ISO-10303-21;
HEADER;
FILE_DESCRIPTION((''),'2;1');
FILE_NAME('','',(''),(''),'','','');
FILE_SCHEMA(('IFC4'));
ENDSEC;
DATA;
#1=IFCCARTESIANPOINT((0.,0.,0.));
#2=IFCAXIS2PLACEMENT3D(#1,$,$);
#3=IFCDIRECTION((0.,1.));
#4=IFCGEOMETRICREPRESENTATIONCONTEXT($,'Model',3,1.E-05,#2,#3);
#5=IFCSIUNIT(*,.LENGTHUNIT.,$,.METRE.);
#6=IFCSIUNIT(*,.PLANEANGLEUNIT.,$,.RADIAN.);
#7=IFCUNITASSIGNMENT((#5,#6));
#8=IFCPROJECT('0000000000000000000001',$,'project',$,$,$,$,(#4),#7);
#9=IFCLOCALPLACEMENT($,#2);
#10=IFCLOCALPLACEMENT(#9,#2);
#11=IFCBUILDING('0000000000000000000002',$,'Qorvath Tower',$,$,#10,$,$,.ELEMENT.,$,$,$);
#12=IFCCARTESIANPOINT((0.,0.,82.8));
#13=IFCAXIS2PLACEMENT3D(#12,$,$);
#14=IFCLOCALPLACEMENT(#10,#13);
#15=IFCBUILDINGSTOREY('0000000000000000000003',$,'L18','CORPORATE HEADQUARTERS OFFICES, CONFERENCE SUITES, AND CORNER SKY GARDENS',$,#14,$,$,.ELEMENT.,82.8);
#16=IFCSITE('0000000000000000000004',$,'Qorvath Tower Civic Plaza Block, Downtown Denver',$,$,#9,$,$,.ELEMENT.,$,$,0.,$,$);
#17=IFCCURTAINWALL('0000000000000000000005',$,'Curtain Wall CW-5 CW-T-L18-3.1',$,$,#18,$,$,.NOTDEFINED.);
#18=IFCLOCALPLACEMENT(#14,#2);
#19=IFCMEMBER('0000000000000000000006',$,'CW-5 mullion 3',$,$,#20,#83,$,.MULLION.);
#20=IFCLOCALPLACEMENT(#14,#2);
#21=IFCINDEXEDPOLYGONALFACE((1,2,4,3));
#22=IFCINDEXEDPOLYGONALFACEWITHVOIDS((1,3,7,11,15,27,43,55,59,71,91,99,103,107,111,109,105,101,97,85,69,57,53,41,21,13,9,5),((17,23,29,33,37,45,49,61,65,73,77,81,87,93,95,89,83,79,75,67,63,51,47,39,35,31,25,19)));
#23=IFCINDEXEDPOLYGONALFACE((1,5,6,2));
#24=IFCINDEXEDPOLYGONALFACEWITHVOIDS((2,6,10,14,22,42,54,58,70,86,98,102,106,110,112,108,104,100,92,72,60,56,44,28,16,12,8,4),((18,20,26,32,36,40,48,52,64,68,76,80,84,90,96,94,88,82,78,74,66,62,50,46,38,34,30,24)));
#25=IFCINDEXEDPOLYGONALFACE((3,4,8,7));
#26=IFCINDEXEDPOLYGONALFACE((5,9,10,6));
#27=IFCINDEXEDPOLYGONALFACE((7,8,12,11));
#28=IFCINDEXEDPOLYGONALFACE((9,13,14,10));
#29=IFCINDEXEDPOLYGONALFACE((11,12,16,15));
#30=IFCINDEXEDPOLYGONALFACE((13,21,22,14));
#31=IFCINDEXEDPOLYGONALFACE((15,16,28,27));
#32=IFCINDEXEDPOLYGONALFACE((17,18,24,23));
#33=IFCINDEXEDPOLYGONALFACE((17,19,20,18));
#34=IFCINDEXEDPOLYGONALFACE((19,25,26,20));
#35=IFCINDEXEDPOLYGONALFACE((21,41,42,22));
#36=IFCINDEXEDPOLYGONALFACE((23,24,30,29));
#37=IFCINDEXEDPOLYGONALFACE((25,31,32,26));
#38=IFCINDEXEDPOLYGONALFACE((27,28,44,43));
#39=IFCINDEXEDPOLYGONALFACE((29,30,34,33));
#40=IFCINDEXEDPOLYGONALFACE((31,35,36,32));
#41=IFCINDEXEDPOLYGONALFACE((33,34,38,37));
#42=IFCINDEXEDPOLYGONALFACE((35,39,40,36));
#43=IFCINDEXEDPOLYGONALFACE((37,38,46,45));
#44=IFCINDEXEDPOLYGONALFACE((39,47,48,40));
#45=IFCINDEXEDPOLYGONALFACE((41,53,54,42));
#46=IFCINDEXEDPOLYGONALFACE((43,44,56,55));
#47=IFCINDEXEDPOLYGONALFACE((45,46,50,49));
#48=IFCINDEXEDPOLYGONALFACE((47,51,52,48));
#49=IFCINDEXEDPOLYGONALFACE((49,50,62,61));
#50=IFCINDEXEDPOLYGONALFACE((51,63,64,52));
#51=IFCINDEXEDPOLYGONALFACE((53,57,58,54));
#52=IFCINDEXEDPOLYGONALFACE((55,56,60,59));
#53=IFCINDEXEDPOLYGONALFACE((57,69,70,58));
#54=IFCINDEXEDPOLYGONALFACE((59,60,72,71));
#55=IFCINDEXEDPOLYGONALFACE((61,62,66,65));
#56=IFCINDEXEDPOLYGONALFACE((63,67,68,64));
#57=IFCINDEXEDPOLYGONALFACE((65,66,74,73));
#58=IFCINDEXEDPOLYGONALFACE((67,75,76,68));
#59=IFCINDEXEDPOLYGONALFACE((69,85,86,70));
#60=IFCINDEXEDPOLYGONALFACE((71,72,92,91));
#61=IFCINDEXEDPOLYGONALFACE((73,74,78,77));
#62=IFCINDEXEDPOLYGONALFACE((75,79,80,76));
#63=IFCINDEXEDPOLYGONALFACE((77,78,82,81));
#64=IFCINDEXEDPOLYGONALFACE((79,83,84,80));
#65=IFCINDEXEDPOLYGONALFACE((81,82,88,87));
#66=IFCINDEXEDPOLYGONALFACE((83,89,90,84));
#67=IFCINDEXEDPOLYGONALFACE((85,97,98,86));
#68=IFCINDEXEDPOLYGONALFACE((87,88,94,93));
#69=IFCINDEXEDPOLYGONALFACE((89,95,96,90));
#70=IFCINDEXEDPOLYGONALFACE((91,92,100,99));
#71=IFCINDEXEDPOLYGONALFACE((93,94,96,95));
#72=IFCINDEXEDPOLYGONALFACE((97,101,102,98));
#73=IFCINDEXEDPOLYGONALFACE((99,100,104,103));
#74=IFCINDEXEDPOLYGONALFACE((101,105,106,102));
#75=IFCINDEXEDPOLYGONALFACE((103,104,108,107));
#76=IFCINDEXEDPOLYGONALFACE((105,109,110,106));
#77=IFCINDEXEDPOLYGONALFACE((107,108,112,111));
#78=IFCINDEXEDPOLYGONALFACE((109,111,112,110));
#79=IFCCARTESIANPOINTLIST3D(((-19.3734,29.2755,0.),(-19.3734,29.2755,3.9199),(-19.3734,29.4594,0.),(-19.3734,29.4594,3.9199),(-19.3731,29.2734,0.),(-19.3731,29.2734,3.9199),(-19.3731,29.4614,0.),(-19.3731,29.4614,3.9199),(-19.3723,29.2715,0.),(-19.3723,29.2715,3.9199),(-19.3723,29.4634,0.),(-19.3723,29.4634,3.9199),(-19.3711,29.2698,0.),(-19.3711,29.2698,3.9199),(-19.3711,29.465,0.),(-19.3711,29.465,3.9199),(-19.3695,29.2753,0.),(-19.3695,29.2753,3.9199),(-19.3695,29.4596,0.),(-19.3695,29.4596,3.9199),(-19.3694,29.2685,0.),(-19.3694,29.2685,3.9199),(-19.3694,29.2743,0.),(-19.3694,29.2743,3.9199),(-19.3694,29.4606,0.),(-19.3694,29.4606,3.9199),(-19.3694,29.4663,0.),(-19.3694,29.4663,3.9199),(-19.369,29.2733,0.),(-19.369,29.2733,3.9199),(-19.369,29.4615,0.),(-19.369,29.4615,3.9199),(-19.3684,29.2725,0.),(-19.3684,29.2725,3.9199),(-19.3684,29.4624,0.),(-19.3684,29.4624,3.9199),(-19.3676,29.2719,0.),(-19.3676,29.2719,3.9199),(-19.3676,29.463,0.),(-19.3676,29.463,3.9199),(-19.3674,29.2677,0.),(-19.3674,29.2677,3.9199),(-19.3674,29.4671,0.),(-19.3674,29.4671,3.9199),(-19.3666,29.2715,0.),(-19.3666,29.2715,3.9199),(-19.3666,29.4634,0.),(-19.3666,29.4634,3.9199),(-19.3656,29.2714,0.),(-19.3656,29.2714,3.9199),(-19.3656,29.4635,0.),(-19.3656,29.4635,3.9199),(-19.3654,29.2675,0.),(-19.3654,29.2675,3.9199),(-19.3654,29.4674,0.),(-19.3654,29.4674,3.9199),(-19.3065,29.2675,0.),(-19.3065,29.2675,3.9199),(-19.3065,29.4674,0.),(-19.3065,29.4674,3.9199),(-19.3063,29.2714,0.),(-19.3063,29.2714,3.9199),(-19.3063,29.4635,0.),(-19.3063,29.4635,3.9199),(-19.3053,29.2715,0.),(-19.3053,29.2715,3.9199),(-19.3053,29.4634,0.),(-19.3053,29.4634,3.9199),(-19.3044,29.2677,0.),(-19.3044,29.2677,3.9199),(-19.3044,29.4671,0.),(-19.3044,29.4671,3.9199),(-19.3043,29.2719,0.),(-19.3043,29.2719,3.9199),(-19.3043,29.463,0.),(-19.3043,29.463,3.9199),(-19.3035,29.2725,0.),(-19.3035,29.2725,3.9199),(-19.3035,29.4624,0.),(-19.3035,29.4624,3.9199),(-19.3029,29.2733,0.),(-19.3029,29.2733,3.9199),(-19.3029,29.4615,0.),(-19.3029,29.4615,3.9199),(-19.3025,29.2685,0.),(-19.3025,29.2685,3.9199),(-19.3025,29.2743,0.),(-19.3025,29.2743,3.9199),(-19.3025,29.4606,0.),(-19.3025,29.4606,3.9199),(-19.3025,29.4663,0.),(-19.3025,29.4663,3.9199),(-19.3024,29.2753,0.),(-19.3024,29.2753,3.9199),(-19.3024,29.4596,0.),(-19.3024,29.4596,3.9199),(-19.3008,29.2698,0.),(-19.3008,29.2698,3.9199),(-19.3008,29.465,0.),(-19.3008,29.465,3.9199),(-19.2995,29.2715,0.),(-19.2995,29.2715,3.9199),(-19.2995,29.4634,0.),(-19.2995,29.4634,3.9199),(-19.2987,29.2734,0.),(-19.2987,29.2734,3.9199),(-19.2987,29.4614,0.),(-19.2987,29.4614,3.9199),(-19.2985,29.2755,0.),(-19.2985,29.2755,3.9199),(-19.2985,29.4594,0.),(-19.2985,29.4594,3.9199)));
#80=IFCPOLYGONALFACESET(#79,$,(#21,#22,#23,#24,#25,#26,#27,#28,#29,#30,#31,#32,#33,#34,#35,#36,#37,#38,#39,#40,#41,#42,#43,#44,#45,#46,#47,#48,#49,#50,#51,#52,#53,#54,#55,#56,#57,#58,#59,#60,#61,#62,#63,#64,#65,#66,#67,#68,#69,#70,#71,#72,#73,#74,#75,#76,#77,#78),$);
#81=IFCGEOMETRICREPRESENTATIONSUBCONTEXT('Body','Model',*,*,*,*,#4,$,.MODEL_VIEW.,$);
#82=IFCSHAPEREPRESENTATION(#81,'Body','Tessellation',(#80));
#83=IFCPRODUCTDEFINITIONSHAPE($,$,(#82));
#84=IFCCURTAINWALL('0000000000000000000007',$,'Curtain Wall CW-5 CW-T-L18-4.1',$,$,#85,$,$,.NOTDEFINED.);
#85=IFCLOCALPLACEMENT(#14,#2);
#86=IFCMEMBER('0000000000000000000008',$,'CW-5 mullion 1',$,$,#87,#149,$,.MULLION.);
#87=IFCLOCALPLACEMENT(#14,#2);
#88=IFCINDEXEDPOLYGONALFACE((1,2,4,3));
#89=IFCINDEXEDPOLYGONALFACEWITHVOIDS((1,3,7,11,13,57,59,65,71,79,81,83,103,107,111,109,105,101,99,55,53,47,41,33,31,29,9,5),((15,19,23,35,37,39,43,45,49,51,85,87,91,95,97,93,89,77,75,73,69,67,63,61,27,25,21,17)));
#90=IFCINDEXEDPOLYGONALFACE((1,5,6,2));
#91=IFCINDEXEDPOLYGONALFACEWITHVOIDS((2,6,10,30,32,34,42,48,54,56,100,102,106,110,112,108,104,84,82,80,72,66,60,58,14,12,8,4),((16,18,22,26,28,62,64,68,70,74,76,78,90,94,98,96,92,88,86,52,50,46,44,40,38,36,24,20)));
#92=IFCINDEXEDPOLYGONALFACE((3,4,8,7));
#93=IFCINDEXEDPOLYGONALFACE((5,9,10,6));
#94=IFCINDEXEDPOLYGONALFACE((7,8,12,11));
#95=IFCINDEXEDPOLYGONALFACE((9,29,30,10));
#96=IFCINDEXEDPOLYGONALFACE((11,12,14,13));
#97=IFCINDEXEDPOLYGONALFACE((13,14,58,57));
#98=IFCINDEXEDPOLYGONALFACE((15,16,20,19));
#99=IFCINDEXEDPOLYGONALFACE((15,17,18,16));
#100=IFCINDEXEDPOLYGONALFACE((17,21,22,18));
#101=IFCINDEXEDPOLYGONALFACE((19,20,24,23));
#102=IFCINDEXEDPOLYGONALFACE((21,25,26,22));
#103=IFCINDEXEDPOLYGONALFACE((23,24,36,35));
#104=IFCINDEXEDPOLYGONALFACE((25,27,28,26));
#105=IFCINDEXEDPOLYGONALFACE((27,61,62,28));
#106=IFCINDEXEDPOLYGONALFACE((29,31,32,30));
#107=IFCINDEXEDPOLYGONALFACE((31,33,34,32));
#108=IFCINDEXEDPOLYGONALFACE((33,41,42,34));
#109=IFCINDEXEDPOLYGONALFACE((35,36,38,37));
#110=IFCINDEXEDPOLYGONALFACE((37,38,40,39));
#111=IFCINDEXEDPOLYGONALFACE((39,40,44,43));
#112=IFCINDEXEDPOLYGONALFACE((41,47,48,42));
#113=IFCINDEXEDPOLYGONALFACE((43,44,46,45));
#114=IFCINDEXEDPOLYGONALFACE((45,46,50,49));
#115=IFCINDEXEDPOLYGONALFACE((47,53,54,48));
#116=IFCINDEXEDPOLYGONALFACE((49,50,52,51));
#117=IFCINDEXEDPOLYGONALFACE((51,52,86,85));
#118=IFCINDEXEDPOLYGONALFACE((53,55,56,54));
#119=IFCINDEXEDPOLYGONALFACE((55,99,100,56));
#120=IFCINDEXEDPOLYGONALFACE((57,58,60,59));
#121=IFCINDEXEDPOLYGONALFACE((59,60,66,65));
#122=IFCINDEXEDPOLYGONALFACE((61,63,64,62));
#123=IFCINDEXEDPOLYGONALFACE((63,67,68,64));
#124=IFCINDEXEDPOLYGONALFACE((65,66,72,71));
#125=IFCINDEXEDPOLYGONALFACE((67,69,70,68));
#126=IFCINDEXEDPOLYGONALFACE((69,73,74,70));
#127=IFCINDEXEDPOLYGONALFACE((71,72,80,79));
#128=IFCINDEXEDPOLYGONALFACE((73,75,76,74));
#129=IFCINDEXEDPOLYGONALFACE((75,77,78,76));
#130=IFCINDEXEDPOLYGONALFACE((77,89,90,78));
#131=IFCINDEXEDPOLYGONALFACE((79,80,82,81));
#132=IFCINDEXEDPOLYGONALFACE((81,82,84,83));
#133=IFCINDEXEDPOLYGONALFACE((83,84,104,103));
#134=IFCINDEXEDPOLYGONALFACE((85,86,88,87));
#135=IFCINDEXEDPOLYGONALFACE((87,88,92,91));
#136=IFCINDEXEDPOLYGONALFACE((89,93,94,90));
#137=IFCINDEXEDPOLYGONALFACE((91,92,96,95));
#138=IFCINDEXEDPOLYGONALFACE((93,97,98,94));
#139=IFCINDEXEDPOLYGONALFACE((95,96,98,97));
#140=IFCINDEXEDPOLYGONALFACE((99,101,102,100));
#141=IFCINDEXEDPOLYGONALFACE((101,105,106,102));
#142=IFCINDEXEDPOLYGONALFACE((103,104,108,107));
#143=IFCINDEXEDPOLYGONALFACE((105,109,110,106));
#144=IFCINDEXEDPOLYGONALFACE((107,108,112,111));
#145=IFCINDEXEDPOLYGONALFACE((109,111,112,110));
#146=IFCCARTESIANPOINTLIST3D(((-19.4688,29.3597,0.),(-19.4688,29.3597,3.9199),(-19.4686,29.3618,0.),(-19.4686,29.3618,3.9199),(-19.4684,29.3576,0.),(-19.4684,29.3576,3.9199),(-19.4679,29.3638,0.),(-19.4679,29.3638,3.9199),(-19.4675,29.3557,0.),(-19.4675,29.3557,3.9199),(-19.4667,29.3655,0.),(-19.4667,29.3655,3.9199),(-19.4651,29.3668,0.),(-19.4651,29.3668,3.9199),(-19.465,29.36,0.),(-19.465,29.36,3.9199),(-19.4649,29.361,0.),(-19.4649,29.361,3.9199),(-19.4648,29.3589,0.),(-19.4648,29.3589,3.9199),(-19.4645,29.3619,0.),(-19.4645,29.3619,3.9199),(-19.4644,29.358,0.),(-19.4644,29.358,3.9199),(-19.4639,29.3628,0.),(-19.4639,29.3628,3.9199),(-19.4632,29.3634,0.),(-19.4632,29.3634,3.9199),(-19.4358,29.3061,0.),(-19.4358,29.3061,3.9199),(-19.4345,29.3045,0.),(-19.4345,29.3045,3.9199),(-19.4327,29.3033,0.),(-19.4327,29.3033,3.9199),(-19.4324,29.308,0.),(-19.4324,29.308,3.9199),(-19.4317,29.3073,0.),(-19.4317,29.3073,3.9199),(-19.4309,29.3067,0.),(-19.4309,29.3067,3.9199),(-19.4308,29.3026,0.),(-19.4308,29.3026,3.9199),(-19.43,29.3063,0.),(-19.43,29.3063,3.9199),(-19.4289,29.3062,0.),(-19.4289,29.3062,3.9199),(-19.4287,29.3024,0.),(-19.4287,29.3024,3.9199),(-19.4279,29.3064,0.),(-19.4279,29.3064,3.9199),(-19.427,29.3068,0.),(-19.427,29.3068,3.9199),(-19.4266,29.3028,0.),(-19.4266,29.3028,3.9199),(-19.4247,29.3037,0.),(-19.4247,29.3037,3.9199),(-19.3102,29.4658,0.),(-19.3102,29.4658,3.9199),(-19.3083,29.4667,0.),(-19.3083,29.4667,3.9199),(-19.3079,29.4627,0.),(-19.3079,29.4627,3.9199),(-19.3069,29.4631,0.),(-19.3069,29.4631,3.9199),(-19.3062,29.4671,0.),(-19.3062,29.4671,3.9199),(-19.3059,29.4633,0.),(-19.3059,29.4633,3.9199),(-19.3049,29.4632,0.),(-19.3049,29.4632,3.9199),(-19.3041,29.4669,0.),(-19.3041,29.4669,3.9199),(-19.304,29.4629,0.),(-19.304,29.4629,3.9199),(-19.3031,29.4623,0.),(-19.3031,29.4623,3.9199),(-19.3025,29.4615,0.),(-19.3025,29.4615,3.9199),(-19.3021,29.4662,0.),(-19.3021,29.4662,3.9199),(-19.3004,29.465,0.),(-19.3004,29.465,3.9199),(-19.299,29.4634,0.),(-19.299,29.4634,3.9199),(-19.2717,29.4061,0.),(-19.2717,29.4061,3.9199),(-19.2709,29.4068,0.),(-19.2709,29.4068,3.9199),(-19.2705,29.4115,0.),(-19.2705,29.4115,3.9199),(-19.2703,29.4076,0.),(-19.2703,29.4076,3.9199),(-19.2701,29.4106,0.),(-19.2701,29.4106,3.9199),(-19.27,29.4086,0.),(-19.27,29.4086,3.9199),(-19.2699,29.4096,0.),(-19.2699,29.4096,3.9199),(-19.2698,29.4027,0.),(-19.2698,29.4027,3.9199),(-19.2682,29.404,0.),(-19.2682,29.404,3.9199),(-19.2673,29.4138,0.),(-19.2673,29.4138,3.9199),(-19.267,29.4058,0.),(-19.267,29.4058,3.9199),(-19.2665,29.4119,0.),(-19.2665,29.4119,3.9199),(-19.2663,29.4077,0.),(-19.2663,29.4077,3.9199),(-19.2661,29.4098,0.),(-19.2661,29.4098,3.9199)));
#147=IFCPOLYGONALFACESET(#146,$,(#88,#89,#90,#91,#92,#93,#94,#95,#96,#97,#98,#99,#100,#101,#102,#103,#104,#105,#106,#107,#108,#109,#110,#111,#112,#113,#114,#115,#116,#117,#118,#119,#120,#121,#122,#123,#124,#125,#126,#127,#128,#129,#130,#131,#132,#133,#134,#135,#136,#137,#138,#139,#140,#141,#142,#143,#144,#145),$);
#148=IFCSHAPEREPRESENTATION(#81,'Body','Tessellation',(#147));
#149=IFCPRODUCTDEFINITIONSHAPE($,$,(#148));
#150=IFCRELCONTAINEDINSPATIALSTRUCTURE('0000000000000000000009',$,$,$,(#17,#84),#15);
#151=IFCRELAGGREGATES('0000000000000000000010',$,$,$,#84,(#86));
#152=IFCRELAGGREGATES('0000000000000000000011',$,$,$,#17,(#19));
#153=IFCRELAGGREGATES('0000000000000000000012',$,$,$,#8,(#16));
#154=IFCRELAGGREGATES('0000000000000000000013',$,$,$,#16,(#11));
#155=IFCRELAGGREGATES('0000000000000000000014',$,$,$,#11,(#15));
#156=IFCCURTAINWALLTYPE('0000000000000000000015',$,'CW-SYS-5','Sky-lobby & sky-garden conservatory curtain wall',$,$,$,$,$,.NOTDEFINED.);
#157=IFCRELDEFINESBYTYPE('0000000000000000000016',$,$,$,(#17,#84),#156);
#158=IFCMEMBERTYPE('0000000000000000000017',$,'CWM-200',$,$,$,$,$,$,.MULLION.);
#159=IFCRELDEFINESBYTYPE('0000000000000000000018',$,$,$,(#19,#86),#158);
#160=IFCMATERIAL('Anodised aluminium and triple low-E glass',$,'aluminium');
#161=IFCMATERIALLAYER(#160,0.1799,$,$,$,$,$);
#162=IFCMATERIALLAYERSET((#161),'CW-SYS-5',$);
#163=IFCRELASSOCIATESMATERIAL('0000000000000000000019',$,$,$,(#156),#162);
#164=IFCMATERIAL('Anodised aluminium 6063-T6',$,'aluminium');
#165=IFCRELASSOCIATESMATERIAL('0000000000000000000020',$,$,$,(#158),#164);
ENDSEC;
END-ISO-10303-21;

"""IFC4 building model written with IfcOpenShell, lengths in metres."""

from ifc_helpers import new_model, si_unit, direction, frame, origin, origin_2d, place, context, subcontext, project, spatial, hollow_rectangle, extrude, material, layer, layer_set, material_profile, profile_set, type_object, element, aggregate, save


model = new_model("IFC4")

# Units and contexts
model_context = context("Model", 3, precision=1e-05, world=origin(), true_north=direction((0.0, 1.0)))
body_context = subcontext(model_context, "Body", "Model", "MODEL_VIEW")
ifc_project = project(units=[si_unit("LENGTHUNIT", "METRE"), si_unit("PLANEANGLEUNIT", "RADIAN")], contexts=[model_context])

# Site, building, storey
site_placement = place(None, origin())
site = spatial("IfcSite", under=ifc_project, at=site_placement, Name="Qorvath Tower Civic Plaza Block, Downtown Denver", CompositionType="ELEMENT", RefElevation=0.0)
building_placement = place(site_placement, origin())
building = spatial("IfcBuilding", under=site, at=building_placement, Name="Qorvath Tower", CompositionType="ELEMENT")
storey_placement = place(building_placement, frame((0.0, 0.0, 82.8)))
storey = spatial("IfcBuildingStorey", under=building, at=storey_placement, Name="L18", Description="CORPORATE HEADQUARTERS OFFICES, CONFERENCE SUITES, AND CORNER SKY GARDENS", CompositionType="ELEMENT", Elevation=82.8)

# Shared definitions
ifc_material_1 = material(Name="Anodised aluminium and triple low-E glass", Category="aluminium")
ifc_layer_1 = layer(ifc_material_1, 0.1799)
ifc_layer_set_1 = layer_set([ifc_layer_1], Name="CW-SYS-5")
curtain_wall_type = type_object("IfcCurtainWallType", Name="CW-SYS-5", Description="Sky-lobby & sky-garden conservatory curtain wall", PredefinedType="NOTDEFINED", material=ifc_layer_set_1)
ifc_material_2 = material(Name="Anodised aluminium 6063-T6", Category="aluminium")
ifc_material_profile_1 = material_profile(ifc_material_2, hollow_rectangle(XDim=0.075, YDim=0.2, WallThickness=0.0039, InnerFilletRadius=0.0039, OuterFilletRadius=0.0081, at=origin_2d()), Name="CWM 200x75")
ifc_profile_set_1 = profile_set([ifc_material_profile_1], Name="Anodised aluminium 6063-T6")
member_type_1 = type_object("IfcMemberType", Name="CWM-200", PredefinedType="MULLION", material=ifc_profile_set_1)

# Curtain wall, member
curtain_wall_1_placement = place(storey_placement, origin())
curtain_wall_1 = element("IfcCurtainWall", 1, at=curtain_wall_1_placement, inside=storey, type_object=curtain_wall_type, Name="Curtain Wall CW-5 CW-T-L18-3.1", PredefinedType="NOTDEFINED")
member_1_placement = place(storey_placement, frame((-19.3359, 29.3674, 0.0), z_axis=(0.0, 0.0, 1.0), x_axis=(-1.0, 0.0, 0.0)))
member_1 = element("IfcMember", 2, at=member_1_placement, type_object=member_type_1, Name="CW-5 mullion 3", PredefinedType="MULLION", context=body_context, shape_type="SweptSolid", body=[
    extrude(hollow_rectangle(XDim=0.075, YDim=0.2, WallThickness=0.0039, InnerFilletRadius=0.0039, OuterFilletRadius=0.0081, at=origin_2d()), origin(), (0.0, 0.0, 1.0), 3.9199),
])

# Curtain wall, member
curtain_wall_2_placement = place(storey_placement, origin())
curtain_wall_2 = element("IfcCurtainWall", 3, at=curtain_wall_2_placement, inside=storey, type_object=curtain_wall_type, Name="Curtain Wall CW-5 CW-T-L18-4.1", PredefinedType="NOTDEFINED")
member_2_placement = place(storey_placement, frame((-19.3674, 29.3848, 0.0), z_axis=(0.0, 0.0, 1.0), x_axis=(0.538538, -0.842601, 0.0)))
member_2 = element("IfcMember", 4, at=member_2_placement, type_object=member_type_1, Name="CW-5 mullion 1", PredefinedType="MULLION", context=body_context, shape_type="SweptSolid", body=[
    extrude(hollow_rectangle(XDim=0.075, YDim=0.2, WallThickness=0.0039, InnerFilletRadius=0.0039, OuterFilletRadius=0.0081, at=origin_2d()), origin(), (0.0, 0.0, 1.0), 3.9199),
])

aggregate(curtain_wall_2, [member_2])

aggregate(curtain_wall_1, [member_1])

save(model, "model.ifc")
